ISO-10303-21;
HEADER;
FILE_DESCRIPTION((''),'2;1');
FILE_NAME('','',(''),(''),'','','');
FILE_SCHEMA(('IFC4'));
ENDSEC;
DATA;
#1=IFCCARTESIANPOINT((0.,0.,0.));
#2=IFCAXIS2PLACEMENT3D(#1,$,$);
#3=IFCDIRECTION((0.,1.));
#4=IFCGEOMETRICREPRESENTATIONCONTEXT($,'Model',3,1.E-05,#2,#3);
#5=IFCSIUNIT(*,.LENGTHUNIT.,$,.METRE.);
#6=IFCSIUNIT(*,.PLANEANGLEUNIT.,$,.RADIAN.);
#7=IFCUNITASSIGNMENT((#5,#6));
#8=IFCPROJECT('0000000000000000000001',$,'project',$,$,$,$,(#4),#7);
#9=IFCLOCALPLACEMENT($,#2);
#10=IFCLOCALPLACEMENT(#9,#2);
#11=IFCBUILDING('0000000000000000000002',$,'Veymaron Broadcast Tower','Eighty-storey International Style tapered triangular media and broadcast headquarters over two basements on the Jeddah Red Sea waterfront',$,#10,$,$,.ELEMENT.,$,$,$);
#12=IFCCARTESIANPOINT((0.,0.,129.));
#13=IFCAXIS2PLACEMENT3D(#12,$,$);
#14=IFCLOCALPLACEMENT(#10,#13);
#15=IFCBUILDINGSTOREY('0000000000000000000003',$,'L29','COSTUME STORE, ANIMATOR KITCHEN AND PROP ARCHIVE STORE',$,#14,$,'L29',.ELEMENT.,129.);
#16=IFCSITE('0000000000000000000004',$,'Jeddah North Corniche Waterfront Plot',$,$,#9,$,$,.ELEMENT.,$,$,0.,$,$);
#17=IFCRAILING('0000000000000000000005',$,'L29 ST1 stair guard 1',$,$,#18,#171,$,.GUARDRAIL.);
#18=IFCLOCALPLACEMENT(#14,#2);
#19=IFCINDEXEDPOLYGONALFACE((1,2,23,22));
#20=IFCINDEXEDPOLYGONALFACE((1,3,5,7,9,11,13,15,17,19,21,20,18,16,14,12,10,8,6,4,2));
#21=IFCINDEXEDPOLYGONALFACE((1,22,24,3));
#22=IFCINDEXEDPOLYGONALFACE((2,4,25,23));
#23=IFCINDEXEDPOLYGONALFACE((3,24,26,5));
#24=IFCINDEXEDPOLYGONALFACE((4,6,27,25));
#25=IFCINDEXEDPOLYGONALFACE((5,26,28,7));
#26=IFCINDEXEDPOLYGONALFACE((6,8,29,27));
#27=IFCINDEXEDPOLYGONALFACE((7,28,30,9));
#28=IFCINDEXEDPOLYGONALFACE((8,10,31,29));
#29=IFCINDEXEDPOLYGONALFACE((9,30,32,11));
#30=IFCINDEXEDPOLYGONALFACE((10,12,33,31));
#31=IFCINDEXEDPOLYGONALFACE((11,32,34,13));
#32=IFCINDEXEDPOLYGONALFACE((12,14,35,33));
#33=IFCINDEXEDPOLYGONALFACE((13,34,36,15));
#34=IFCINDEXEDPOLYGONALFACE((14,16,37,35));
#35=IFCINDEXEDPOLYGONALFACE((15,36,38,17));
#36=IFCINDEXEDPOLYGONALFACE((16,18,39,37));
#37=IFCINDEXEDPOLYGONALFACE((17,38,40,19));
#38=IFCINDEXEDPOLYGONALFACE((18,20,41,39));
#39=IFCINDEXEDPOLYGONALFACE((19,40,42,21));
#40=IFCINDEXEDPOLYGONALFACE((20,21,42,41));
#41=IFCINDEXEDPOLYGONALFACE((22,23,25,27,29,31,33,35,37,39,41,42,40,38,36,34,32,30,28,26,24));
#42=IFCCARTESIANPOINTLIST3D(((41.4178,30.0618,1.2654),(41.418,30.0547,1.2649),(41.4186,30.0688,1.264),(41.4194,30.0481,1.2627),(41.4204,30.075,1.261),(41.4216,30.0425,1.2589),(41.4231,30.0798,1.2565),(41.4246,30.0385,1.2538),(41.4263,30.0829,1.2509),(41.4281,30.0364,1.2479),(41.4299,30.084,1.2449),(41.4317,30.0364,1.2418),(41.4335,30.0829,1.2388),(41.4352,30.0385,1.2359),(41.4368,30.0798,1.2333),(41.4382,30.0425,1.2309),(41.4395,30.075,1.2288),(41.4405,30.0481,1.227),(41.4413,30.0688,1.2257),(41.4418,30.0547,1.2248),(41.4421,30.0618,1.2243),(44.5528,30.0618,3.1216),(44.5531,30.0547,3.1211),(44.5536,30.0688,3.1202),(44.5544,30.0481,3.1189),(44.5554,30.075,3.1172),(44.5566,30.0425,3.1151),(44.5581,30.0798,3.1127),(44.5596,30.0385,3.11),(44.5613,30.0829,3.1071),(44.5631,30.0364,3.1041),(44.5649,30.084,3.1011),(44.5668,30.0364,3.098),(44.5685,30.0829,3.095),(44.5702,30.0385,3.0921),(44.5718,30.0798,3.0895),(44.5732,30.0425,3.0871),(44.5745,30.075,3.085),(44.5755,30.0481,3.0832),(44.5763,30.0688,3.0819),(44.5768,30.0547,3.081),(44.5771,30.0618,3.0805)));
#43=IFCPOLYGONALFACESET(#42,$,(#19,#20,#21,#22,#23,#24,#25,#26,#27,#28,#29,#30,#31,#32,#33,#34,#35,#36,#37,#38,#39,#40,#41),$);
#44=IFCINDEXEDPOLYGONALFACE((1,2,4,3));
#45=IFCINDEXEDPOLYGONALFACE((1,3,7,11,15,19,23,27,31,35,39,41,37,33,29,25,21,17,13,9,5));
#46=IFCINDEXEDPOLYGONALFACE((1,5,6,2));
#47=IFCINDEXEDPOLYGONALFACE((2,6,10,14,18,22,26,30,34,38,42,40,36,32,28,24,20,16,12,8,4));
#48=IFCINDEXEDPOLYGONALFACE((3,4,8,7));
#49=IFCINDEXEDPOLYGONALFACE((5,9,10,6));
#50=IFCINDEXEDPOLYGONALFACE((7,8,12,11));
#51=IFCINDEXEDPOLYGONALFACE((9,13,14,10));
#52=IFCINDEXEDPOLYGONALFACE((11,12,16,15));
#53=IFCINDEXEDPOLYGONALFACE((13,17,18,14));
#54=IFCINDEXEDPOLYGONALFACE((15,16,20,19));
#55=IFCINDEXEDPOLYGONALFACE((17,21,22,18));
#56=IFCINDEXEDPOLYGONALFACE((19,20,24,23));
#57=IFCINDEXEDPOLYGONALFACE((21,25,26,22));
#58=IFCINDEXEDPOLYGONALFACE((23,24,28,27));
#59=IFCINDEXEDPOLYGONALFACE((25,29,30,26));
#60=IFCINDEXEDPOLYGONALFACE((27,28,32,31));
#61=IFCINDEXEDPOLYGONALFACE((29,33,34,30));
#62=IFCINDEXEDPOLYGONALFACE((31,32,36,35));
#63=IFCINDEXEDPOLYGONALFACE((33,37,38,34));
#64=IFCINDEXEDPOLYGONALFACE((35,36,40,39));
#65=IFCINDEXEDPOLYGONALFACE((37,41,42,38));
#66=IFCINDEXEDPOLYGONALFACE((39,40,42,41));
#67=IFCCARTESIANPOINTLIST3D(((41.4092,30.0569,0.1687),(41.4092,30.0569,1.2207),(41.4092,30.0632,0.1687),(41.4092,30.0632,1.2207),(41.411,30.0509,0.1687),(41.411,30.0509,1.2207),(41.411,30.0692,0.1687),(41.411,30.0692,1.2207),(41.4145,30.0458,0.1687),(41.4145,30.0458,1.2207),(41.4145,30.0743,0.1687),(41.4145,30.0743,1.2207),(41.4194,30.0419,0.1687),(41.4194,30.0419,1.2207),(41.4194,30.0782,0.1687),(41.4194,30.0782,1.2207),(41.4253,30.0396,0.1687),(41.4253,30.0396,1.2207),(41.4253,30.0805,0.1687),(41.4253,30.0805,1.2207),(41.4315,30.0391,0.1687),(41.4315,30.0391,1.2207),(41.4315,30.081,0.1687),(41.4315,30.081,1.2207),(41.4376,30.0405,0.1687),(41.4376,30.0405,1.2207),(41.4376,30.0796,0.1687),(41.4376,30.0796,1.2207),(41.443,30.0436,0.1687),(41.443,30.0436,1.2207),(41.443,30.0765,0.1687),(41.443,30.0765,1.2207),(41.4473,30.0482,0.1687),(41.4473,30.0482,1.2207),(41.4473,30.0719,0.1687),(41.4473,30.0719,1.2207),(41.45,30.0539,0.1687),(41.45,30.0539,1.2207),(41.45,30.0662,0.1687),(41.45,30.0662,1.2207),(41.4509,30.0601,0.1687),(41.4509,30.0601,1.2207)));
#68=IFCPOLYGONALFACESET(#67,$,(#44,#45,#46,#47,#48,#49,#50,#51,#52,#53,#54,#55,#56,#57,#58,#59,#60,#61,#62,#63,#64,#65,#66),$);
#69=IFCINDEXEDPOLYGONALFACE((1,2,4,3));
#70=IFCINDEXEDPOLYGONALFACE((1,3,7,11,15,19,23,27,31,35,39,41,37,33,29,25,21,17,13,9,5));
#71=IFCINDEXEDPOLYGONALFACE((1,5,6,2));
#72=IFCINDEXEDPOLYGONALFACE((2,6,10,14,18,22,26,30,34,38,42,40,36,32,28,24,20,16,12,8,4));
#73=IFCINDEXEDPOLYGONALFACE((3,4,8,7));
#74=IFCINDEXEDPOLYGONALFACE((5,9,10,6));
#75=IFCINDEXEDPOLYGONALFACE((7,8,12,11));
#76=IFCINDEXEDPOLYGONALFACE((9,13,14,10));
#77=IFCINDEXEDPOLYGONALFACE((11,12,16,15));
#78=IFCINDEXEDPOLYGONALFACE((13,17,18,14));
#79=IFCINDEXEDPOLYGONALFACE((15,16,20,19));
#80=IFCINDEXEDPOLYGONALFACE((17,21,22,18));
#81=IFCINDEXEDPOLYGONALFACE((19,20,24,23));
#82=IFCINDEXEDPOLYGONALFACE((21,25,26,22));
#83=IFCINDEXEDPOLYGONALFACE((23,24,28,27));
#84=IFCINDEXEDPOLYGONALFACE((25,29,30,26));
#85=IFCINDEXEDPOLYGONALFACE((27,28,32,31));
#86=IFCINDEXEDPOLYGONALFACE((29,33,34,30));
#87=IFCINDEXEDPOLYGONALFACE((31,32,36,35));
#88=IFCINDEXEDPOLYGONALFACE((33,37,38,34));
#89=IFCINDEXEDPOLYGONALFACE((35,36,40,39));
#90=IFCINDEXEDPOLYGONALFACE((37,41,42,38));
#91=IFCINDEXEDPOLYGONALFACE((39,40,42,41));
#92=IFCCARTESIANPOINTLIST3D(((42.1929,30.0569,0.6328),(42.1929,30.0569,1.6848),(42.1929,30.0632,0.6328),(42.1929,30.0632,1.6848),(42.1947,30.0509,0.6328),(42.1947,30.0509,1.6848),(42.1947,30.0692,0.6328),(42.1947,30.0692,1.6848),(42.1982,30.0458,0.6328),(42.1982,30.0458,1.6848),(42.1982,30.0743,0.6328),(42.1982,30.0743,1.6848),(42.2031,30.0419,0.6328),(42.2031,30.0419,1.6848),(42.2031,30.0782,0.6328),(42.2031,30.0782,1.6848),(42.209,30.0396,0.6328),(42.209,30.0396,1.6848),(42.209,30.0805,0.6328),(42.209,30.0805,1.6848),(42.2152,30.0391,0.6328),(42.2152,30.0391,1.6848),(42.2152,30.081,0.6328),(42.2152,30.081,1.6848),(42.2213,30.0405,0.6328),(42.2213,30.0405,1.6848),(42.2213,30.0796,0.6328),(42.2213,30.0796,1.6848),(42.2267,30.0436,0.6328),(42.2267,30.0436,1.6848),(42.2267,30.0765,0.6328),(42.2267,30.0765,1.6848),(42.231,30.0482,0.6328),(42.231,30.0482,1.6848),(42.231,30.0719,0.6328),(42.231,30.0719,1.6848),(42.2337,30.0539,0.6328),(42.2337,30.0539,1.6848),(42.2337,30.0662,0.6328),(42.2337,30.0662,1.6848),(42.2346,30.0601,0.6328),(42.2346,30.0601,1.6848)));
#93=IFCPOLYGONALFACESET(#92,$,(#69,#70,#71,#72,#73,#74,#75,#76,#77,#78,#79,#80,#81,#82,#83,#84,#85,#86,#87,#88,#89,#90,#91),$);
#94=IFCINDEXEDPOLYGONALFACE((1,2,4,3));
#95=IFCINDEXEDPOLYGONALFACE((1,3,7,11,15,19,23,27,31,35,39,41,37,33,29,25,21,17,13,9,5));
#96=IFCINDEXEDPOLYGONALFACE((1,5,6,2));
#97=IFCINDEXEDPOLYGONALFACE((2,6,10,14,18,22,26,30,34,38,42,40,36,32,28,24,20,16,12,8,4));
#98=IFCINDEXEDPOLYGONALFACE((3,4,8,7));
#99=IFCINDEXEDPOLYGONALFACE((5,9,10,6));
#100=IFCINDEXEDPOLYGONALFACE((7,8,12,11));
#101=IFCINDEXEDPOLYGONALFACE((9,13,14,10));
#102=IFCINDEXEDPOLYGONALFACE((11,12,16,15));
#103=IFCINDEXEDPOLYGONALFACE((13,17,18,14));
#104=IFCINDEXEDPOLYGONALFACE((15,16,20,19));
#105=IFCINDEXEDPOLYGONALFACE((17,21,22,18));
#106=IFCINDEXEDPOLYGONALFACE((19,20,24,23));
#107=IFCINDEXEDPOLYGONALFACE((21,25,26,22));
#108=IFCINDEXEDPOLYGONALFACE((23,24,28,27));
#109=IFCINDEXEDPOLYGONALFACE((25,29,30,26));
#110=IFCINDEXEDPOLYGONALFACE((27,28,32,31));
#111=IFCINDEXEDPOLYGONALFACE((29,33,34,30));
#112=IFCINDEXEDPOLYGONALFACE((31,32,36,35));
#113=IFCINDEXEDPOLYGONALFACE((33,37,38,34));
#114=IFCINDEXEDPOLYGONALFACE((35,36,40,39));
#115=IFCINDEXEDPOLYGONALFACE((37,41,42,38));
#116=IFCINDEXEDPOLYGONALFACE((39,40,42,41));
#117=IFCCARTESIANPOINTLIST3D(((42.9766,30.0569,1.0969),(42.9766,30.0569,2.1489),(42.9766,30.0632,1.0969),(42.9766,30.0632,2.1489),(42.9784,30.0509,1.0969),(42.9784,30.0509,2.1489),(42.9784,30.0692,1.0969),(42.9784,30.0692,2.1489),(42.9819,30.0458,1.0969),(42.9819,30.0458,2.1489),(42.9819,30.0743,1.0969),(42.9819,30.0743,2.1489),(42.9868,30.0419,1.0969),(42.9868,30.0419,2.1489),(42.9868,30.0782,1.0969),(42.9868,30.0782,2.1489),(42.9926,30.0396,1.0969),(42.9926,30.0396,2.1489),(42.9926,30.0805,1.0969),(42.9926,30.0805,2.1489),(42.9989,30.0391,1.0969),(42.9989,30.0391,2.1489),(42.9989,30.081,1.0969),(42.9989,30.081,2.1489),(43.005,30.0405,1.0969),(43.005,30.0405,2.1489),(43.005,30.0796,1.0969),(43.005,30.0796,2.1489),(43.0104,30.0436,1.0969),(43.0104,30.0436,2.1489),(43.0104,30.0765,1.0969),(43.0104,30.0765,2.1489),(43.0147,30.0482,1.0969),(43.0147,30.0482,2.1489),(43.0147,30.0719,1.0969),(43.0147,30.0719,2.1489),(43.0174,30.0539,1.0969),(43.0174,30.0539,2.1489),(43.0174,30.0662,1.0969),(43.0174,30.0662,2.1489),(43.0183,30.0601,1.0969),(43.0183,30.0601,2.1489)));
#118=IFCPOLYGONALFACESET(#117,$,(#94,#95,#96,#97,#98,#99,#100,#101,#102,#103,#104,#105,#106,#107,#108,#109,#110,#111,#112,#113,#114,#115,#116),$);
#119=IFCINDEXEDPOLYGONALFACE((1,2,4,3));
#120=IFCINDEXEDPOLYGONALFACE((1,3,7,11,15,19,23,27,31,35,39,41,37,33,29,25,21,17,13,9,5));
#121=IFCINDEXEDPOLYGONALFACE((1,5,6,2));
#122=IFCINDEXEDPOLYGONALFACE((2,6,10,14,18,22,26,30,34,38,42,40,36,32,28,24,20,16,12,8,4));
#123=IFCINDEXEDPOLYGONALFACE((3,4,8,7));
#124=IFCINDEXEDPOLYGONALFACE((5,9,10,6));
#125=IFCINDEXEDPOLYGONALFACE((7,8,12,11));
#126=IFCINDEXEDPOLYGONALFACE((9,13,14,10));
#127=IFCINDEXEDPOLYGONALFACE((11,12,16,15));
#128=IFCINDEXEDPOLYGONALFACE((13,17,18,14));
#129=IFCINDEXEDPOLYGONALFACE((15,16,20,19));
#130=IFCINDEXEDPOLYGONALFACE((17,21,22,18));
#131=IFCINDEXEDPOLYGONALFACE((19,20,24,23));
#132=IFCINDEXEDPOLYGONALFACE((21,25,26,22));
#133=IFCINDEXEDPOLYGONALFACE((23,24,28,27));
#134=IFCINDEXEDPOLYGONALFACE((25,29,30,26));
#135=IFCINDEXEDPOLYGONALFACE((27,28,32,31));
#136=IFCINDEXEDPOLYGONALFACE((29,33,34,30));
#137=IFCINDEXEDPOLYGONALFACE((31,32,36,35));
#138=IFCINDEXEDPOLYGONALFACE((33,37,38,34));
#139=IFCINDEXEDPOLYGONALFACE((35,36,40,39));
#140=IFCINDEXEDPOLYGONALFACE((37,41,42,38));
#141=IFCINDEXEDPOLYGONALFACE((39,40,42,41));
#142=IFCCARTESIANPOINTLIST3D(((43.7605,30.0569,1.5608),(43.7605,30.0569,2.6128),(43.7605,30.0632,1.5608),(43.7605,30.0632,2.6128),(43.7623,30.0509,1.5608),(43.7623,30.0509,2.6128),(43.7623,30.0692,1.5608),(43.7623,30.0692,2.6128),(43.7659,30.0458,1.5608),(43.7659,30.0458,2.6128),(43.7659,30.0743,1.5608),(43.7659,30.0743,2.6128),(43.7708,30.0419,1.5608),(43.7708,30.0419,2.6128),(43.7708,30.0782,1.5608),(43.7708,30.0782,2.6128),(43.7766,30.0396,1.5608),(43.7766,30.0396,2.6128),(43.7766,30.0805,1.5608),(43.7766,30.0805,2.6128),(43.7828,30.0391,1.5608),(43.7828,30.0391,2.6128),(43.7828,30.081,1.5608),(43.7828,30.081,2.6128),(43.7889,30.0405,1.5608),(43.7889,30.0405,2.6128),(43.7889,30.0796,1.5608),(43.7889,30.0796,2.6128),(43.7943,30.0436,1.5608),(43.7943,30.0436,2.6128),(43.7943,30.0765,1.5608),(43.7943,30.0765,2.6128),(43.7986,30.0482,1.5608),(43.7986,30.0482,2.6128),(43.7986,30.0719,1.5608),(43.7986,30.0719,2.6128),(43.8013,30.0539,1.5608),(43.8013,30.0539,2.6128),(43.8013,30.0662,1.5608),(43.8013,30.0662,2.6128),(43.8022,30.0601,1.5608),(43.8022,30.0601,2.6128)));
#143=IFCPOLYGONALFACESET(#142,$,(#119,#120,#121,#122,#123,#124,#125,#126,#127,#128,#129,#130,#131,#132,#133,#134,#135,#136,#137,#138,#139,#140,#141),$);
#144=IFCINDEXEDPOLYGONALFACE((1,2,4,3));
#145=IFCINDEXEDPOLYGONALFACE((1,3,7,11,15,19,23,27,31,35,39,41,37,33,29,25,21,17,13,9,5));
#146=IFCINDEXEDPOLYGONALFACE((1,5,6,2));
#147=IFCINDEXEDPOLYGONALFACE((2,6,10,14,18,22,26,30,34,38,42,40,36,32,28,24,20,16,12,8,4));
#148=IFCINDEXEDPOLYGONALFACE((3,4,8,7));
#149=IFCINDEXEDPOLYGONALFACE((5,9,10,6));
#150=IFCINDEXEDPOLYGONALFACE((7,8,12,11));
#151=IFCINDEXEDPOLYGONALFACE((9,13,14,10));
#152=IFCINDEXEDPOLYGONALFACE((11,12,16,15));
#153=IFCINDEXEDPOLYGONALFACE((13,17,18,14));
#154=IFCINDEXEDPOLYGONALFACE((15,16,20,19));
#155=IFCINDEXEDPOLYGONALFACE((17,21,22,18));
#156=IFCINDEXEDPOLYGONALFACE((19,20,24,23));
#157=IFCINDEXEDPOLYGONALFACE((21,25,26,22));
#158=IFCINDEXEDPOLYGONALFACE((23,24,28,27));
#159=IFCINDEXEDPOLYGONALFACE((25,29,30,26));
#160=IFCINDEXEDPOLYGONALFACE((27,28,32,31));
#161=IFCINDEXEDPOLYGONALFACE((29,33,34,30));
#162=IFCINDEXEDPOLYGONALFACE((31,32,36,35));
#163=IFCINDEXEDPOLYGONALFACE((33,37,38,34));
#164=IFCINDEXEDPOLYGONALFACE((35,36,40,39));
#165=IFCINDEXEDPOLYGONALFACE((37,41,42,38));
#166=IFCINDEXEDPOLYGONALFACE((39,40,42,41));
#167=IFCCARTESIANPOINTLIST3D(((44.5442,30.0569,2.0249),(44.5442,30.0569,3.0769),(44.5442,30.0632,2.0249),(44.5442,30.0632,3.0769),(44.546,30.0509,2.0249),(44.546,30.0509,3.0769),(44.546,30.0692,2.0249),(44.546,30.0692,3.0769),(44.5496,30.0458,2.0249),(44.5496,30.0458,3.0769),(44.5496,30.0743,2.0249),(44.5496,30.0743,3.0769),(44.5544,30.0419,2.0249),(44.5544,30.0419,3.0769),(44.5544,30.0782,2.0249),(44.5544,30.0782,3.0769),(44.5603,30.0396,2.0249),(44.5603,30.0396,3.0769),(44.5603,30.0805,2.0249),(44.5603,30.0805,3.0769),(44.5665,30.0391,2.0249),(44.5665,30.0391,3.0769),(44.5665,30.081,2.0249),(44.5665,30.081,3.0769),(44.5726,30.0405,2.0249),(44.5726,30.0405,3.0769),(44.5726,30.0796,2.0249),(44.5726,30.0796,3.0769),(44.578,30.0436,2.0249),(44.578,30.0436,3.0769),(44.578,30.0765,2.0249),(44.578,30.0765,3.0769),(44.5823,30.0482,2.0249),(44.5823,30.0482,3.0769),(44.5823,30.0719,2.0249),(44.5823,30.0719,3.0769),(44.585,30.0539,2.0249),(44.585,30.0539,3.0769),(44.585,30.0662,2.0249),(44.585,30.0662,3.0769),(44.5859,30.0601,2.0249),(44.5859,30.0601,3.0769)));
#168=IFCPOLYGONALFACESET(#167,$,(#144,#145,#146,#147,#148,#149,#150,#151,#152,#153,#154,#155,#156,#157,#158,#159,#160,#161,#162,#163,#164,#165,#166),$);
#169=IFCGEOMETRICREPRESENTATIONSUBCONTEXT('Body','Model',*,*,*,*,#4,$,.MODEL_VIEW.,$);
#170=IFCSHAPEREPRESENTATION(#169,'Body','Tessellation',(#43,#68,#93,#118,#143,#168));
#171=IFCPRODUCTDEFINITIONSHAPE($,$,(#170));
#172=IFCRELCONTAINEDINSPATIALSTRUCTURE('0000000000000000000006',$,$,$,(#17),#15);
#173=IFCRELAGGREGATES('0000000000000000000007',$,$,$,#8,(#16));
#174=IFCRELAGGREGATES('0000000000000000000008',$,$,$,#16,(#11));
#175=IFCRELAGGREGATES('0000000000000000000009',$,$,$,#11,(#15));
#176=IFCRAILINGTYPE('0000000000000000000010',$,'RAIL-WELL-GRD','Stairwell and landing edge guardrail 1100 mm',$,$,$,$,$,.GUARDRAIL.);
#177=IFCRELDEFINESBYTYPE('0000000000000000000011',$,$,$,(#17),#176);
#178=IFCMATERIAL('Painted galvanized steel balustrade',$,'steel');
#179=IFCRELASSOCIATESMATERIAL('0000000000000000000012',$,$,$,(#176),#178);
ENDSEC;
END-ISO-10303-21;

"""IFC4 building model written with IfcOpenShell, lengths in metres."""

from ifc_helpers import new_model, si_unit, direction, frame, origin, origin_2d, place, context, subcontext, project, spatial, circle, extrude, material, type_object, element, save


model = new_model("IFC4")

# Units and contexts
model_context = context("Model", 3, precision=1e-05, world=origin(), true_north=direction((0.0, 1.0)))
body_context = subcontext(model_context, "Body", "Model", "MODEL_VIEW")
ifc_project = project(units=[si_unit("LENGTHUNIT", "METRE"), si_unit("PLANEANGLEUNIT", "RADIAN")], contexts=[model_context])

# Site, building, storey
site_placement = place(None, origin())
site = spatial("IfcSite", under=ifc_project, at=site_placement, Name="Jeddah North Corniche Waterfront Plot", CompositionType="ELEMENT", RefElevation=0.0)
building_placement = place(site_placement, origin())
building = spatial("IfcBuilding", under=site, at=building_placement, Name="Veymaron Broadcast Tower", Description="Eighty-storey International Style tapered triangular media and broadcast headquarters over two basements on the Jeddah Red Sea waterfront", CompositionType="ELEMENT")
storey_placement = place(building_placement, frame((0.0, 0.0, 129.0)))
storey = spatial("IfcBuildingStorey", under=building, at=storey_placement, Name="L29", Description="COSTUME STORE, ANIMATOR KITCHEN AND PROP ARCHIVE STORE", LongName="L29", CompositionType="ELEMENT", Elevation=129.0)

# Railing
ifc_material_1 = material(Name="Painted galvanized steel balustrade", Category="steel")
railing_type_1 = type_object("IfcRailingType", Name="RAIL-WELL-GRD", Description="Stairwell and landing edge guardrail 1100 mm", PredefinedType="GUARDRAIL", material=ifc_material_1)
railing_1_placement = place(storey_placement, frame((41.4299, 30.0601, 0.1687)))
element("IfcRailing", 1, at=railing_1_placement, inside=storey, type_object=railing_type_1, Name="L29 ST1 stair guard 1", PredefinedType="GUARDRAIL", context=body_context, shape_type="SweptSolid", body=[
    extrude(circle(Radius=0.0239, at=origin_2d()), frame((0.0, 0.0, 1.0762), z_axis=(0.860482, 0.0, 0.509481), x_axis=(0.0, 1.0, 0.0)), (0.0, 0.0, 1.0), 3.6433),
    extrude(circle(Radius=0.021, at=origin_2d()), origin(), (0.0, 0.0, 1.0), 1.052),
    extrude(circle(Radius=0.021, at=origin_2d()), frame((0.7837, 0.0, 0.4641)), (0.0, 0.0, 1.0), 1.052),
    extrude(circle(Radius=0.021, at=origin_2d()), frame((1.5674, 0.0, 0.9282)), (0.0, 0.0, 1.0), 1.052),
    extrude(circle(Radius=0.021, at=origin_2d()), frame((2.3513, 0.0, 1.3921)), (0.0, 0.0, 1.0), 1.052),
    extrude(circle(Radius=0.021, at=origin_2d()), frame((3.135, 0.0, 1.8562)), (0.0, 0.0, 1.0), 1.052),
])

save(model, "model.ifc")
